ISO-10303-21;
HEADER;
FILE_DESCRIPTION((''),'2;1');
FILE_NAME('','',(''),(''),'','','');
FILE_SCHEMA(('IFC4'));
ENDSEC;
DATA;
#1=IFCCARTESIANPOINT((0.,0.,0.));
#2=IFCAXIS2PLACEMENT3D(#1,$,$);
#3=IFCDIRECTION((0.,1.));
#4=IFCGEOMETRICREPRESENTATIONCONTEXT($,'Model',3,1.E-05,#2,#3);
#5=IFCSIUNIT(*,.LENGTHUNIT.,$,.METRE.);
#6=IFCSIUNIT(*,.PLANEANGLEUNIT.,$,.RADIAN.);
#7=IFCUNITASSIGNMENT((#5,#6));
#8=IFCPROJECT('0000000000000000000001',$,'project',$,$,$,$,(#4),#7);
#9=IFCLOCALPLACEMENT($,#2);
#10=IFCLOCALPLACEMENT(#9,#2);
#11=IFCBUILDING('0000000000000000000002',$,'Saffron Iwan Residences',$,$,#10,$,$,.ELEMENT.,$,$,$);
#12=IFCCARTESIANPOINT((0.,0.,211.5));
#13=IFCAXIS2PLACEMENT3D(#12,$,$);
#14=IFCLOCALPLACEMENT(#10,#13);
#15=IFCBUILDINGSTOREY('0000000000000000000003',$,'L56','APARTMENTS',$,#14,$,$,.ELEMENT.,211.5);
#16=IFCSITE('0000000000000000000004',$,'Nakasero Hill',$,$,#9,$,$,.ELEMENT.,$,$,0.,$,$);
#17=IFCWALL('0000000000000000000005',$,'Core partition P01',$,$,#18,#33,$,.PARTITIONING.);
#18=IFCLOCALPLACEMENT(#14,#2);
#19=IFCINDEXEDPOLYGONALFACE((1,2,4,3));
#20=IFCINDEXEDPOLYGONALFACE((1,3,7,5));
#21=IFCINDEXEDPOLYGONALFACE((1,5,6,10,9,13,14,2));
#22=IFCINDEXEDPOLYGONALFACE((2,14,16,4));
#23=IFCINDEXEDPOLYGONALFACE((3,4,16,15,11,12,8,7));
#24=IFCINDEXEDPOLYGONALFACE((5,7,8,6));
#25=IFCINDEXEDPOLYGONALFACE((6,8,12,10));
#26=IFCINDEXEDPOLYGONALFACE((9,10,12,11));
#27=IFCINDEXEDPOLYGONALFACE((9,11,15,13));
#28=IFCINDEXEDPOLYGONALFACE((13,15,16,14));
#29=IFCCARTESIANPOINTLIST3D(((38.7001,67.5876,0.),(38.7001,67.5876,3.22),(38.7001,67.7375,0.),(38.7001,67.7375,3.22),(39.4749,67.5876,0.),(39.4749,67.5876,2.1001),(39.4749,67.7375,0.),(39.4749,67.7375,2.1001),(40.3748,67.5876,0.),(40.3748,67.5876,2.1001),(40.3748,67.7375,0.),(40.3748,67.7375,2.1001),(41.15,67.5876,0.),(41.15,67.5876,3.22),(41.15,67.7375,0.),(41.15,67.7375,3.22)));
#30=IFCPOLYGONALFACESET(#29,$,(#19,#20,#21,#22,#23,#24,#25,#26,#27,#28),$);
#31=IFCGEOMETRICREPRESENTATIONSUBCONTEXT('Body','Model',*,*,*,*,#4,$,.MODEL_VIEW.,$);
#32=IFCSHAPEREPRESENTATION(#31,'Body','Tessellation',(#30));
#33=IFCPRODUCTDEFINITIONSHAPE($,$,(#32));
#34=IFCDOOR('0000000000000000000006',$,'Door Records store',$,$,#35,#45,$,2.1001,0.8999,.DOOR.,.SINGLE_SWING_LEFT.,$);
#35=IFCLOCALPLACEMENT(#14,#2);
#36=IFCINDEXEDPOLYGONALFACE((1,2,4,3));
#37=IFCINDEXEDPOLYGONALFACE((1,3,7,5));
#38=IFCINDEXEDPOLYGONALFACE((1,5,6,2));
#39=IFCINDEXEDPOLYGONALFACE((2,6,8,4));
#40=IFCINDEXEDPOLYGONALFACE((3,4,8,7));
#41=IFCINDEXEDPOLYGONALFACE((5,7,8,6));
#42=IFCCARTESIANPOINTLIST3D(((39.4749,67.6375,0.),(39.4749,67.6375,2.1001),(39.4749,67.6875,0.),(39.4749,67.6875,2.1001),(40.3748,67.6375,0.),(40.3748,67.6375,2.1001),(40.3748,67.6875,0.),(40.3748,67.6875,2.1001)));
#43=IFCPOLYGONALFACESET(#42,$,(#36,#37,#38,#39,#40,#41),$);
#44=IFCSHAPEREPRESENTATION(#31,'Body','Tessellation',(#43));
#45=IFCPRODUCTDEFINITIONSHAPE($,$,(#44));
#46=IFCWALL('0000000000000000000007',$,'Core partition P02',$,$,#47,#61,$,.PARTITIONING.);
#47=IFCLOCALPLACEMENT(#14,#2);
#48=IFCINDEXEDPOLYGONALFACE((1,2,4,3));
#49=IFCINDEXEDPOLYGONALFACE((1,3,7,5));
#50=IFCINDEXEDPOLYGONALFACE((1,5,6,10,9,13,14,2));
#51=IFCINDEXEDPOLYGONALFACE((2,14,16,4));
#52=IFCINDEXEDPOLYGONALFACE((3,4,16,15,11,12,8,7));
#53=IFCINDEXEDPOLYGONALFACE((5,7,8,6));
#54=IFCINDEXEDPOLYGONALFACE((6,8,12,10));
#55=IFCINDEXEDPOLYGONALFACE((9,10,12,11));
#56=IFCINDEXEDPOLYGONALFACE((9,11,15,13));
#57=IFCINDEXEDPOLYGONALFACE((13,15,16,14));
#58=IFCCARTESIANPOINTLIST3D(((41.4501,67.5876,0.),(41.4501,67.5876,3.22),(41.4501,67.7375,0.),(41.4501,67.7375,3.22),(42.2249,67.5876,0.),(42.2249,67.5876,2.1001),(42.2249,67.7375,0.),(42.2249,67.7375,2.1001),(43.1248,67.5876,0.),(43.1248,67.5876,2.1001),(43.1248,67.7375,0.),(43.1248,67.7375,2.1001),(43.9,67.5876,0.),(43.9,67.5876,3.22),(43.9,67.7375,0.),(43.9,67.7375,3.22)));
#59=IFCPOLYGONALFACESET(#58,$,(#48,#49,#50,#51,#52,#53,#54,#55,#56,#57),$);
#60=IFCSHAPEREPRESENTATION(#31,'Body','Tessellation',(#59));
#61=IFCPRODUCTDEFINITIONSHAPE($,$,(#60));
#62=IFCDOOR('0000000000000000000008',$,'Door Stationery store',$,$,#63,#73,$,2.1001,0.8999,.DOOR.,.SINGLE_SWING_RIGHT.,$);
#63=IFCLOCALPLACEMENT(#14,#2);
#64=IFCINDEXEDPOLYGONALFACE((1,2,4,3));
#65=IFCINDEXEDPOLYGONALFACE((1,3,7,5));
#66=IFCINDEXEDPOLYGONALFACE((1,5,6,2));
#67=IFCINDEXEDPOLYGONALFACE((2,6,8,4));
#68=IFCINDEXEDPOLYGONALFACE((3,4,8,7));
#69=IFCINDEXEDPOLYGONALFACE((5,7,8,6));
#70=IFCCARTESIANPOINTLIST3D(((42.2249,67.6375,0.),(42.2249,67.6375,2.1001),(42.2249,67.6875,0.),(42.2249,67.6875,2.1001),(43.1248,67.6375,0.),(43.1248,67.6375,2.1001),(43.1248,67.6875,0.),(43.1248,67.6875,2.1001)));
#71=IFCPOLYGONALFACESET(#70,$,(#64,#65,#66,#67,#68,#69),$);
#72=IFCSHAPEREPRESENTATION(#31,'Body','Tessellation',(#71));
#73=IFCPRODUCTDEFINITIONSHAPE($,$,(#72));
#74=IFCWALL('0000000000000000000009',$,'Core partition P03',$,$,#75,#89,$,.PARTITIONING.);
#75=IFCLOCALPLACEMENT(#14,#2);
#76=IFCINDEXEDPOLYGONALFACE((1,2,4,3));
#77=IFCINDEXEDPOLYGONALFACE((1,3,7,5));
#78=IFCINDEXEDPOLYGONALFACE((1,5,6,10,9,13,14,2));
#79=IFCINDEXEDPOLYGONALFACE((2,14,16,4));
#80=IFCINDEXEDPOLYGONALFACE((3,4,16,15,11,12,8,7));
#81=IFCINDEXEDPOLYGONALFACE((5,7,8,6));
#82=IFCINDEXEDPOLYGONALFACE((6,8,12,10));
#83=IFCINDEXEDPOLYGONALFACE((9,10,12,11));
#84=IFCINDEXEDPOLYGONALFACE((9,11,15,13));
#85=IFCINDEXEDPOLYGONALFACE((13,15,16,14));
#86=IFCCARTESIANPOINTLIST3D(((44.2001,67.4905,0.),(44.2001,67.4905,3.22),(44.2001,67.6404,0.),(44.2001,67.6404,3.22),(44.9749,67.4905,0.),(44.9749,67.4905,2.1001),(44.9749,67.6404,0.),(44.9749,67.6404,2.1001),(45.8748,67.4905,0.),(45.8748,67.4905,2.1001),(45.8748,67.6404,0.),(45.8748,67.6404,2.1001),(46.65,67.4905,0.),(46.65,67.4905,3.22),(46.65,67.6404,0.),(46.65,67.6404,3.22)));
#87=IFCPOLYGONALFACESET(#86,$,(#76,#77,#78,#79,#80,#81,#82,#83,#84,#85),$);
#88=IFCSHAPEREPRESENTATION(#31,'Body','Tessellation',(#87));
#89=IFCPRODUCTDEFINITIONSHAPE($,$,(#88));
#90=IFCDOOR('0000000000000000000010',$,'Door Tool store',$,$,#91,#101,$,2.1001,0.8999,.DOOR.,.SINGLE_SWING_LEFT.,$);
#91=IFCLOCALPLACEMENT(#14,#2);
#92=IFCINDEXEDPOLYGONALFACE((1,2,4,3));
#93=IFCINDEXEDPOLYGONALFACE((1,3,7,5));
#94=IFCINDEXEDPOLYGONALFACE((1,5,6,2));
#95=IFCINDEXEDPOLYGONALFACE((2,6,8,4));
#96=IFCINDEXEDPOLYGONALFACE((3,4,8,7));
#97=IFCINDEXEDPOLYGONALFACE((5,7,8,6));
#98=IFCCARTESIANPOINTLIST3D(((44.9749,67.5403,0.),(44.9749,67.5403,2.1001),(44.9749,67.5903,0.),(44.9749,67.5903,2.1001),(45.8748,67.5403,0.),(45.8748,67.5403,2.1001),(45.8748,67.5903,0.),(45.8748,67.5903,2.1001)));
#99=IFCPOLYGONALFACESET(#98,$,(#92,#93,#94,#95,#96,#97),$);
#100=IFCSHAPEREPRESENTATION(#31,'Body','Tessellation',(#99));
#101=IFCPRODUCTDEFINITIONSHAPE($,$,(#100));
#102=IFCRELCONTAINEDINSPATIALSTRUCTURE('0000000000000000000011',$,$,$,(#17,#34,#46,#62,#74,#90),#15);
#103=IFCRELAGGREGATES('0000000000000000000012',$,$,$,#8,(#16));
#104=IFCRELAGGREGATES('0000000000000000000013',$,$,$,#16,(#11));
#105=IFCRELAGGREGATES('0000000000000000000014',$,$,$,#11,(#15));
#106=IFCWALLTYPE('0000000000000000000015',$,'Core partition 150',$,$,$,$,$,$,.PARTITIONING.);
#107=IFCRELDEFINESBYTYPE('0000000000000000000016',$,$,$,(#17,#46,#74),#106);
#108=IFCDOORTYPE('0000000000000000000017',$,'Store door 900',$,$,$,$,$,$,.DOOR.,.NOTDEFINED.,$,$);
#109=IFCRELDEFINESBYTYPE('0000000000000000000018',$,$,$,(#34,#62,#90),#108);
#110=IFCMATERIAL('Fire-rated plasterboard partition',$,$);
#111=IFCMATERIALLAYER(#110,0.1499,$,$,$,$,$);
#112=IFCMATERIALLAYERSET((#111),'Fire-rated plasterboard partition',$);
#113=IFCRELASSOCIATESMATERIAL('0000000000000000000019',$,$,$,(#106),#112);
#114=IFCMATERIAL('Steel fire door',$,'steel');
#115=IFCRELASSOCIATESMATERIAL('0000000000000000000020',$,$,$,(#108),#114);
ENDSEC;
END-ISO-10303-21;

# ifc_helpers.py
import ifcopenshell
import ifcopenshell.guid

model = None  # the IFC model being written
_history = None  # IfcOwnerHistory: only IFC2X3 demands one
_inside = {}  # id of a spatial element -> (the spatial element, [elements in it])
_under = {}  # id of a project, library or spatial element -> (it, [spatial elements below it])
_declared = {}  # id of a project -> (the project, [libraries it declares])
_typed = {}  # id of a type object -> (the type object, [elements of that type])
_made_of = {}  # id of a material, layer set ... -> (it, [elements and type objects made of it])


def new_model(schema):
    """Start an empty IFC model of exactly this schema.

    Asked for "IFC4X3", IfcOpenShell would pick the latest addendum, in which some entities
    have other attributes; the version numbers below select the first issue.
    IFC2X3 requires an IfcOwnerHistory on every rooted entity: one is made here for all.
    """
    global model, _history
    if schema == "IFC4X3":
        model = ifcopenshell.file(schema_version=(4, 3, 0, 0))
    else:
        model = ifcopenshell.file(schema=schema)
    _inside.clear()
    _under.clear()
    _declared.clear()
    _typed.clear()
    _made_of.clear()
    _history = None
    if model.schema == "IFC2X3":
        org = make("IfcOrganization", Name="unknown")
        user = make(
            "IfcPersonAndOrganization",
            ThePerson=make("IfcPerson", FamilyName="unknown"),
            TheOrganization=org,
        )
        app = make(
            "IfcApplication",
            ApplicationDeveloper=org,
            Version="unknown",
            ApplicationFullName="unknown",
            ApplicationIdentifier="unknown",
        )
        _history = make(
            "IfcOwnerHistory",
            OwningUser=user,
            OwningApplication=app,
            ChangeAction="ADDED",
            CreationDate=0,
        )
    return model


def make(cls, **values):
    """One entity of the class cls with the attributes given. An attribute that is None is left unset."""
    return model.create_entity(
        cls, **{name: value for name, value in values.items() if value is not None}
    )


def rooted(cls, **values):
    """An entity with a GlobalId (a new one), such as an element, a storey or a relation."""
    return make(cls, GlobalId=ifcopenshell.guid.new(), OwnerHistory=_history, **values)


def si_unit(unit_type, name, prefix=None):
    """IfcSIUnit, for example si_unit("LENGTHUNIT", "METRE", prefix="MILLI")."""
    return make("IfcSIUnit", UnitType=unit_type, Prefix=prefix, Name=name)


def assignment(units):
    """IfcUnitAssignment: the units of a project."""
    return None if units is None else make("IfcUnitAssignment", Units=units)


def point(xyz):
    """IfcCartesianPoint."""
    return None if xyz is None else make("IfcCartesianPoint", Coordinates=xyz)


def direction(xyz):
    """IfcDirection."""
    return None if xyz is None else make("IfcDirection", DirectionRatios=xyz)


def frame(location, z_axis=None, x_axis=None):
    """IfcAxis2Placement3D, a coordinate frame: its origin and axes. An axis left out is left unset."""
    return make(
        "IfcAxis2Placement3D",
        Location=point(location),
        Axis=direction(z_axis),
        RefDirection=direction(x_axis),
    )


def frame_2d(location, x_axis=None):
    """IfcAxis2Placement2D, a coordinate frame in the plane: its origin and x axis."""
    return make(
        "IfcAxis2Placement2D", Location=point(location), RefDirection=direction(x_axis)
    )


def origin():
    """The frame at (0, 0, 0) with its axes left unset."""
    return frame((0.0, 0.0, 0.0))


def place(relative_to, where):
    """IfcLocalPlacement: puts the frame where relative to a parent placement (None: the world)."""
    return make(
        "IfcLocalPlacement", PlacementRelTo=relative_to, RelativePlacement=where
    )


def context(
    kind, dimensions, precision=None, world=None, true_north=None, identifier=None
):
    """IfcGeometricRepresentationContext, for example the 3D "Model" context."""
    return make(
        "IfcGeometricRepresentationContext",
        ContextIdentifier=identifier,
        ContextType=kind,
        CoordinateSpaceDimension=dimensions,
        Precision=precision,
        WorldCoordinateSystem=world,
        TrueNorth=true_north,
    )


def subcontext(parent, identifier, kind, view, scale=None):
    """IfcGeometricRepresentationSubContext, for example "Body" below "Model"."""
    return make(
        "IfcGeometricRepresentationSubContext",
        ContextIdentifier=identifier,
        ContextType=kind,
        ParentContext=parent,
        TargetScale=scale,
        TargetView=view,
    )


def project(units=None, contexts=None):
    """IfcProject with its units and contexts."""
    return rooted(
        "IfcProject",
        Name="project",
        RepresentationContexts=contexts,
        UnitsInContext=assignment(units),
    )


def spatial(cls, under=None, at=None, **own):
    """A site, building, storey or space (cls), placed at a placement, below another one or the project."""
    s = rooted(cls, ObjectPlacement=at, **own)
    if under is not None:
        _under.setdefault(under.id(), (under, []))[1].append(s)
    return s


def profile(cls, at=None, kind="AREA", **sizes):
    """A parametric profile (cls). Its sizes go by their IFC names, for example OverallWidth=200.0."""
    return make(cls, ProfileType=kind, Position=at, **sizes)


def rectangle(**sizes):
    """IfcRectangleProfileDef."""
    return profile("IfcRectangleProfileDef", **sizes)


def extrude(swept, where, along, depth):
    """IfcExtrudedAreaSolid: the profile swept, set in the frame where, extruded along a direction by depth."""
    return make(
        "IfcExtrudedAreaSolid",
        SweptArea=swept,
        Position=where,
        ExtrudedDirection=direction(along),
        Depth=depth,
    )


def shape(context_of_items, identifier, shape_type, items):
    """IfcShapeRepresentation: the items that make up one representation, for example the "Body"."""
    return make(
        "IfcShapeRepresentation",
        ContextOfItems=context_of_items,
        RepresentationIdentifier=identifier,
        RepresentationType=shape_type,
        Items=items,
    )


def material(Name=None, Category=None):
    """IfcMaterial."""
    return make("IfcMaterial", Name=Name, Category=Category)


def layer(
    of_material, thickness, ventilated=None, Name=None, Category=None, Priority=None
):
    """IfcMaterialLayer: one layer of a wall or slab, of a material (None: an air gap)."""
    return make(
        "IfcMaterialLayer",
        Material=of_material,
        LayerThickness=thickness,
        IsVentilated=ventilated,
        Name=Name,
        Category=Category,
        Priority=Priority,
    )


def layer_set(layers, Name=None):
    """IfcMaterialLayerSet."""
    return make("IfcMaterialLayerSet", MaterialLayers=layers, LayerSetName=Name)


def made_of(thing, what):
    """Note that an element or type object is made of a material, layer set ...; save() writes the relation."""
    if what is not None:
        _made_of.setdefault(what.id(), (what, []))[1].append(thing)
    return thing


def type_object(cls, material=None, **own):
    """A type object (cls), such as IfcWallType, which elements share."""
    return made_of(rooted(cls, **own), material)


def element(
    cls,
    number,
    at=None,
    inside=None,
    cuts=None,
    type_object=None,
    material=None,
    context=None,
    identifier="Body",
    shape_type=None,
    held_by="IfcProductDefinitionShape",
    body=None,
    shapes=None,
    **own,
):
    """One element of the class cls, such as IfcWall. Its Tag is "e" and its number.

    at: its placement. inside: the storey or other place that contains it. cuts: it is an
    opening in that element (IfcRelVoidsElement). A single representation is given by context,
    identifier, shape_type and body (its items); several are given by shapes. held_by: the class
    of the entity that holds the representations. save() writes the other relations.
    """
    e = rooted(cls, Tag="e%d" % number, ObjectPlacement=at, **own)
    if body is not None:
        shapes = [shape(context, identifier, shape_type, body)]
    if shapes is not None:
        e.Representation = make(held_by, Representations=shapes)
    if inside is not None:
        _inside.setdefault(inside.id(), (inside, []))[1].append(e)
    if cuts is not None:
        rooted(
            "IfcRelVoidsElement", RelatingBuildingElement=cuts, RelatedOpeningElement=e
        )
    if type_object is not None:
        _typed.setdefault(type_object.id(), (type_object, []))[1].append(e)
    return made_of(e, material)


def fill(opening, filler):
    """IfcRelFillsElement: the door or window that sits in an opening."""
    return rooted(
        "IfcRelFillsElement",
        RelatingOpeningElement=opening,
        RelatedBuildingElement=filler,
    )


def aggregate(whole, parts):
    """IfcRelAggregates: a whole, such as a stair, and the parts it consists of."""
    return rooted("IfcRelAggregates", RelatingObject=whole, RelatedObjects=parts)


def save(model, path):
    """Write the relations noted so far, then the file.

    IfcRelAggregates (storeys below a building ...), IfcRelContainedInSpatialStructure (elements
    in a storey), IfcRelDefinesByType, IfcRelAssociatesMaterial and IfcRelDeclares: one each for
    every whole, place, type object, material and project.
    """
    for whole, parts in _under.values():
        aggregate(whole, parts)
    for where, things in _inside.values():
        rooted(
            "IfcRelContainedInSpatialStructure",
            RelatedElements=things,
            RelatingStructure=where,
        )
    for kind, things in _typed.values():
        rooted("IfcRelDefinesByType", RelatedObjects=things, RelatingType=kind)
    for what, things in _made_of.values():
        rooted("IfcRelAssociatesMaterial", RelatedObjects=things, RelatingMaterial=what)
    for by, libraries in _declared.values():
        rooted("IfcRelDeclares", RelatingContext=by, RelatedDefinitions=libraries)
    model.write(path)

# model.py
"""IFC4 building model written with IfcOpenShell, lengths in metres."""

from ifc_helpers import new_model, si_unit, direction, frame, frame_2d, origin, place, context, subcontext, project, spatial, rectangle, extrude, material, layer, layer_set, type_object, element, fill, save


model = new_model("IFC4")

# Units and contexts
model_context = context("Model", 3, precision=1e-05, world=origin(), true_north=direction((0.0, 1.0)))
body_context = subcontext(model_context, "Body", "Model", "MODEL_VIEW")
ifc_project = project(units=[si_unit("LENGTHUNIT", "METRE"), si_unit("PLANEANGLEUNIT", "RADIAN")], contexts=[model_context])

# Site, building, storey
site_placement = place(None, origin())
site = spatial("IfcSite", under=ifc_project, at=site_placement, Name="Nakasero Hill", CompositionType="ELEMENT", RefElevation=0.0)
building_placement = place(site_placement, origin())
building = spatial("IfcBuilding", under=site, at=building_placement, Name="Saffron Iwan Residences", CompositionType="ELEMENT")
storey_placement = place(building_placement, frame((0.0, 0.0, 211.5)))
storey = spatial("IfcBuildingStorey", under=building, at=storey_placement, Name="L56", Description="APARTMENTS", CompositionType="ELEMENT", Elevation=211.5)

# Walls, openings, doors
ifc_material_1 = material(Name="Fire-rated plasterboard partition")
ifc_layer_1 = layer(ifc_material_1, 0.1499)
ifc_layer_set_1 = layer_set([ifc_layer_1], Name="Fire-rated plasterboard partition")
wall_type_1 = type_object("IfcWallType", Name="Core partition 150", PredefinedType="PARTITIONING", material=ifc_layer_set_1)
wall_1_placement = place(storey_placement, frame((38.7, 67.6626, 0.0), z_axis=(0.0, 0.0, 1.0), x_axis=(1.0, 0.0, 0.0)))
wall_1 = element("IfcWall", 1, at=wall_1_placement, inside=storey, type_object=wall_type_1, Name="Core partition P01", PredefinedType="PARTITIONING", context=body_context, shape_type="SweptSolid", body=[
    extrude(rectangle(XDim=2.45, YDim=0.1499, at=frame_2d((1.2251, 0.0))), origin(), (0.0, 0.0, 1.0), 3.22),
])
opening_1_placement = place(wall_1_placement, frame((0.7749, 0.0, 0.0)))
opening_1 = element("IfcOpeningElement", 2, at=opening_1_placement, cuts=wall_1, PredefinedType="OPENING", context=body_context, shape_type="SweptSolid", body=[
    extrude(rectangle(XDim=0.8999, YDim=2.1001, at=frame_2d((0.45, 1.05))), frame((0.0, 0.085, 0.0), z_axis=(0.0, -1.0, 0.0), x_axis=(1.0, 0.0, 0.0)), (0.0, 0.0, 1.0), 0.1699),
])
ifc_material_2 = material(Name="Steel fire door", Category="steel")
door_type_1 = type_object("IfcDoorType", Name="Store door 900", OperationType="NOTDEFINED", PredefinedType="DOOR", material=ifc_material_2)
door_1_placement = place(opening_1_placement, origin())
door_1 = element("IfcDoor", 3, at=door_1_placement, inside=storey, type_object=door_type_1, Name="Door Records store", OperationType="SINGLE_SWING_LEFT", OverallHeight=2.1001, OverallWidth=0.8999, PredefinedType="DOOR", context=body_context, shape_type="SweptSolid", body=[
    extrude(rectangle(XDim=0.8999, YDim=2.1001, at=frame_2d((0.45, 1.05))), frame((0.0, 0.0249, 0.0), z_axis=(0.0, -1.0, 0.0), x_axis=(1.0, 0.0, 0.0)), (0.0, 0.0, 1.0), 0.05),
])
fill(opening_1, door_1)
wall_2_placement = place(storey_placement, frame((41.45, 67.6626, 0.0), z_axis=(0.0, 0.0, 1.0), x_axis=(1.0, 0.0, 0.0)))
wall_2 = element("IfcWall", 4, at=wall_2_placement, inside=storey, type_object=wall_type_1, Name="Core partition P02", PredefinedType="PARTITIONING", context=body_context, shape_type="SweptSolid", body=[
    extrude(rectangle(XDim=2.45, YDim=0.1499, at=frame_2d((1.2251, 0.0))), origin(), (0.0, 0.0, 1.0), 3.22),
])
opening_2_placement = place(wall_2_placement, frame((0.7749, 0.0, 0.0)))
opening_2 = element("IfcOpeningElement", 5, at=opening_2_placement, cuts=wall_2, PredefinedType="OPENING", context=body_context, shape_type="SweptSolid", body=[
    extrude(rectangle(XDim=0.8999, YDim=2.1001, at=frame_2d((0.45, 1.05))), frame((0.0, 0.085, 0.0), z_axis=(0.0, -1.0, 0.0), x_axis=(1.0, 0.0, 0.0)), (0.0, 0.0, 1.0), 0.1699),
])
door_2_placement = place(opening_2_placement, origin())
door_2 = element("IfcDoor", 6, at=door_2_placement, inside=storey, type_object=door_type_1, Name="Door Stationery store", OperationType="SINGLE_SWING_RIGHT", OverallHeight=2.1001, OverallWidth=0.8999, PredefinedType="DOOR", context=body_context, shape_type="SweptSolid", body=[
    extrude(rectangle(XDim=0.8999, YDim=2.1001, at=frame_2d((0.45, 1.05))), frame((0.0, 0.0249, 0.0), z_axis=(0.0, -1.0, 0.0), x_axis=(1.0, 0.0, 0.0)), (0.0, 0.0, 1.0), 0.05),
])
fill(opening_2, door_2)
wall_3_placement = place(storey_placement, frame((44.2, 67.5654, 0.0), z_axis=(0.0, 0.0, 1.0), x_axis=(1.0, 0.0, 0.0)))
wall_3 = element("IfcWall", 7, at=wall_3_placement, inside=storey, type_object=wall_type_1, Name="Core partition P03", PredefinedType="PARTITIONING", context=body_context, shape_type="SweptSolid", body=[
    extrude(rectangle(XDim=2.45, YDim=0.1499, at=frame_2d((1.2251, 0.0))), origin(), (0.0, 0.0, 1.0), 3.22),
])
opening_3_placement = place(wall_3_placement, frame((0.7749, 0.0, 0.0)))
opening_3 = element("IfcOpeningElement", 8, at=opening_3_placement, cuts=wall_3, PredefinedType="OPENING", context=body_context, shape_type="SweptSolid", body=[
    extrude(rectangle(XDim=0.8999, YDim=2.1001, at=frame_2d((0.45, 1.05))), frame((0.0, 0.085, 0.0), z_axis=(0.0, -1.0, 0.0), x_axis=(1.0, 0.0, 0.0)), (0.0, 0.0, 1.0), 0.1699),
])
door_3_placement = place(opening_3_placement, origin())
door_3 = element("IfcDoor", 9, at=door_3_placement, inside=storey, type_object=door_type_1, Name="Door Tool store", OperationType="SINGLE_SWING_LEFT", OverallHeight=2.1001, OverallWidth=0.8999, PredefinedType="DOOR", context=body_context, shape_type="SweptSolid", body=[
    extrude(rectangle(XDim=0.8999, YDim=2.1001, at=frame_2d((0.45, 1.05))), frame((0.0, 0.0249, 0.0), z_axis=(0.0, -1.0, 0.0), x_axis=(1.0, 0.0, 0.0)), (0.0, 0.0, 1.0), 0.05),
])
fill(opening_3, door_3)

save(model, "model.ifc")
